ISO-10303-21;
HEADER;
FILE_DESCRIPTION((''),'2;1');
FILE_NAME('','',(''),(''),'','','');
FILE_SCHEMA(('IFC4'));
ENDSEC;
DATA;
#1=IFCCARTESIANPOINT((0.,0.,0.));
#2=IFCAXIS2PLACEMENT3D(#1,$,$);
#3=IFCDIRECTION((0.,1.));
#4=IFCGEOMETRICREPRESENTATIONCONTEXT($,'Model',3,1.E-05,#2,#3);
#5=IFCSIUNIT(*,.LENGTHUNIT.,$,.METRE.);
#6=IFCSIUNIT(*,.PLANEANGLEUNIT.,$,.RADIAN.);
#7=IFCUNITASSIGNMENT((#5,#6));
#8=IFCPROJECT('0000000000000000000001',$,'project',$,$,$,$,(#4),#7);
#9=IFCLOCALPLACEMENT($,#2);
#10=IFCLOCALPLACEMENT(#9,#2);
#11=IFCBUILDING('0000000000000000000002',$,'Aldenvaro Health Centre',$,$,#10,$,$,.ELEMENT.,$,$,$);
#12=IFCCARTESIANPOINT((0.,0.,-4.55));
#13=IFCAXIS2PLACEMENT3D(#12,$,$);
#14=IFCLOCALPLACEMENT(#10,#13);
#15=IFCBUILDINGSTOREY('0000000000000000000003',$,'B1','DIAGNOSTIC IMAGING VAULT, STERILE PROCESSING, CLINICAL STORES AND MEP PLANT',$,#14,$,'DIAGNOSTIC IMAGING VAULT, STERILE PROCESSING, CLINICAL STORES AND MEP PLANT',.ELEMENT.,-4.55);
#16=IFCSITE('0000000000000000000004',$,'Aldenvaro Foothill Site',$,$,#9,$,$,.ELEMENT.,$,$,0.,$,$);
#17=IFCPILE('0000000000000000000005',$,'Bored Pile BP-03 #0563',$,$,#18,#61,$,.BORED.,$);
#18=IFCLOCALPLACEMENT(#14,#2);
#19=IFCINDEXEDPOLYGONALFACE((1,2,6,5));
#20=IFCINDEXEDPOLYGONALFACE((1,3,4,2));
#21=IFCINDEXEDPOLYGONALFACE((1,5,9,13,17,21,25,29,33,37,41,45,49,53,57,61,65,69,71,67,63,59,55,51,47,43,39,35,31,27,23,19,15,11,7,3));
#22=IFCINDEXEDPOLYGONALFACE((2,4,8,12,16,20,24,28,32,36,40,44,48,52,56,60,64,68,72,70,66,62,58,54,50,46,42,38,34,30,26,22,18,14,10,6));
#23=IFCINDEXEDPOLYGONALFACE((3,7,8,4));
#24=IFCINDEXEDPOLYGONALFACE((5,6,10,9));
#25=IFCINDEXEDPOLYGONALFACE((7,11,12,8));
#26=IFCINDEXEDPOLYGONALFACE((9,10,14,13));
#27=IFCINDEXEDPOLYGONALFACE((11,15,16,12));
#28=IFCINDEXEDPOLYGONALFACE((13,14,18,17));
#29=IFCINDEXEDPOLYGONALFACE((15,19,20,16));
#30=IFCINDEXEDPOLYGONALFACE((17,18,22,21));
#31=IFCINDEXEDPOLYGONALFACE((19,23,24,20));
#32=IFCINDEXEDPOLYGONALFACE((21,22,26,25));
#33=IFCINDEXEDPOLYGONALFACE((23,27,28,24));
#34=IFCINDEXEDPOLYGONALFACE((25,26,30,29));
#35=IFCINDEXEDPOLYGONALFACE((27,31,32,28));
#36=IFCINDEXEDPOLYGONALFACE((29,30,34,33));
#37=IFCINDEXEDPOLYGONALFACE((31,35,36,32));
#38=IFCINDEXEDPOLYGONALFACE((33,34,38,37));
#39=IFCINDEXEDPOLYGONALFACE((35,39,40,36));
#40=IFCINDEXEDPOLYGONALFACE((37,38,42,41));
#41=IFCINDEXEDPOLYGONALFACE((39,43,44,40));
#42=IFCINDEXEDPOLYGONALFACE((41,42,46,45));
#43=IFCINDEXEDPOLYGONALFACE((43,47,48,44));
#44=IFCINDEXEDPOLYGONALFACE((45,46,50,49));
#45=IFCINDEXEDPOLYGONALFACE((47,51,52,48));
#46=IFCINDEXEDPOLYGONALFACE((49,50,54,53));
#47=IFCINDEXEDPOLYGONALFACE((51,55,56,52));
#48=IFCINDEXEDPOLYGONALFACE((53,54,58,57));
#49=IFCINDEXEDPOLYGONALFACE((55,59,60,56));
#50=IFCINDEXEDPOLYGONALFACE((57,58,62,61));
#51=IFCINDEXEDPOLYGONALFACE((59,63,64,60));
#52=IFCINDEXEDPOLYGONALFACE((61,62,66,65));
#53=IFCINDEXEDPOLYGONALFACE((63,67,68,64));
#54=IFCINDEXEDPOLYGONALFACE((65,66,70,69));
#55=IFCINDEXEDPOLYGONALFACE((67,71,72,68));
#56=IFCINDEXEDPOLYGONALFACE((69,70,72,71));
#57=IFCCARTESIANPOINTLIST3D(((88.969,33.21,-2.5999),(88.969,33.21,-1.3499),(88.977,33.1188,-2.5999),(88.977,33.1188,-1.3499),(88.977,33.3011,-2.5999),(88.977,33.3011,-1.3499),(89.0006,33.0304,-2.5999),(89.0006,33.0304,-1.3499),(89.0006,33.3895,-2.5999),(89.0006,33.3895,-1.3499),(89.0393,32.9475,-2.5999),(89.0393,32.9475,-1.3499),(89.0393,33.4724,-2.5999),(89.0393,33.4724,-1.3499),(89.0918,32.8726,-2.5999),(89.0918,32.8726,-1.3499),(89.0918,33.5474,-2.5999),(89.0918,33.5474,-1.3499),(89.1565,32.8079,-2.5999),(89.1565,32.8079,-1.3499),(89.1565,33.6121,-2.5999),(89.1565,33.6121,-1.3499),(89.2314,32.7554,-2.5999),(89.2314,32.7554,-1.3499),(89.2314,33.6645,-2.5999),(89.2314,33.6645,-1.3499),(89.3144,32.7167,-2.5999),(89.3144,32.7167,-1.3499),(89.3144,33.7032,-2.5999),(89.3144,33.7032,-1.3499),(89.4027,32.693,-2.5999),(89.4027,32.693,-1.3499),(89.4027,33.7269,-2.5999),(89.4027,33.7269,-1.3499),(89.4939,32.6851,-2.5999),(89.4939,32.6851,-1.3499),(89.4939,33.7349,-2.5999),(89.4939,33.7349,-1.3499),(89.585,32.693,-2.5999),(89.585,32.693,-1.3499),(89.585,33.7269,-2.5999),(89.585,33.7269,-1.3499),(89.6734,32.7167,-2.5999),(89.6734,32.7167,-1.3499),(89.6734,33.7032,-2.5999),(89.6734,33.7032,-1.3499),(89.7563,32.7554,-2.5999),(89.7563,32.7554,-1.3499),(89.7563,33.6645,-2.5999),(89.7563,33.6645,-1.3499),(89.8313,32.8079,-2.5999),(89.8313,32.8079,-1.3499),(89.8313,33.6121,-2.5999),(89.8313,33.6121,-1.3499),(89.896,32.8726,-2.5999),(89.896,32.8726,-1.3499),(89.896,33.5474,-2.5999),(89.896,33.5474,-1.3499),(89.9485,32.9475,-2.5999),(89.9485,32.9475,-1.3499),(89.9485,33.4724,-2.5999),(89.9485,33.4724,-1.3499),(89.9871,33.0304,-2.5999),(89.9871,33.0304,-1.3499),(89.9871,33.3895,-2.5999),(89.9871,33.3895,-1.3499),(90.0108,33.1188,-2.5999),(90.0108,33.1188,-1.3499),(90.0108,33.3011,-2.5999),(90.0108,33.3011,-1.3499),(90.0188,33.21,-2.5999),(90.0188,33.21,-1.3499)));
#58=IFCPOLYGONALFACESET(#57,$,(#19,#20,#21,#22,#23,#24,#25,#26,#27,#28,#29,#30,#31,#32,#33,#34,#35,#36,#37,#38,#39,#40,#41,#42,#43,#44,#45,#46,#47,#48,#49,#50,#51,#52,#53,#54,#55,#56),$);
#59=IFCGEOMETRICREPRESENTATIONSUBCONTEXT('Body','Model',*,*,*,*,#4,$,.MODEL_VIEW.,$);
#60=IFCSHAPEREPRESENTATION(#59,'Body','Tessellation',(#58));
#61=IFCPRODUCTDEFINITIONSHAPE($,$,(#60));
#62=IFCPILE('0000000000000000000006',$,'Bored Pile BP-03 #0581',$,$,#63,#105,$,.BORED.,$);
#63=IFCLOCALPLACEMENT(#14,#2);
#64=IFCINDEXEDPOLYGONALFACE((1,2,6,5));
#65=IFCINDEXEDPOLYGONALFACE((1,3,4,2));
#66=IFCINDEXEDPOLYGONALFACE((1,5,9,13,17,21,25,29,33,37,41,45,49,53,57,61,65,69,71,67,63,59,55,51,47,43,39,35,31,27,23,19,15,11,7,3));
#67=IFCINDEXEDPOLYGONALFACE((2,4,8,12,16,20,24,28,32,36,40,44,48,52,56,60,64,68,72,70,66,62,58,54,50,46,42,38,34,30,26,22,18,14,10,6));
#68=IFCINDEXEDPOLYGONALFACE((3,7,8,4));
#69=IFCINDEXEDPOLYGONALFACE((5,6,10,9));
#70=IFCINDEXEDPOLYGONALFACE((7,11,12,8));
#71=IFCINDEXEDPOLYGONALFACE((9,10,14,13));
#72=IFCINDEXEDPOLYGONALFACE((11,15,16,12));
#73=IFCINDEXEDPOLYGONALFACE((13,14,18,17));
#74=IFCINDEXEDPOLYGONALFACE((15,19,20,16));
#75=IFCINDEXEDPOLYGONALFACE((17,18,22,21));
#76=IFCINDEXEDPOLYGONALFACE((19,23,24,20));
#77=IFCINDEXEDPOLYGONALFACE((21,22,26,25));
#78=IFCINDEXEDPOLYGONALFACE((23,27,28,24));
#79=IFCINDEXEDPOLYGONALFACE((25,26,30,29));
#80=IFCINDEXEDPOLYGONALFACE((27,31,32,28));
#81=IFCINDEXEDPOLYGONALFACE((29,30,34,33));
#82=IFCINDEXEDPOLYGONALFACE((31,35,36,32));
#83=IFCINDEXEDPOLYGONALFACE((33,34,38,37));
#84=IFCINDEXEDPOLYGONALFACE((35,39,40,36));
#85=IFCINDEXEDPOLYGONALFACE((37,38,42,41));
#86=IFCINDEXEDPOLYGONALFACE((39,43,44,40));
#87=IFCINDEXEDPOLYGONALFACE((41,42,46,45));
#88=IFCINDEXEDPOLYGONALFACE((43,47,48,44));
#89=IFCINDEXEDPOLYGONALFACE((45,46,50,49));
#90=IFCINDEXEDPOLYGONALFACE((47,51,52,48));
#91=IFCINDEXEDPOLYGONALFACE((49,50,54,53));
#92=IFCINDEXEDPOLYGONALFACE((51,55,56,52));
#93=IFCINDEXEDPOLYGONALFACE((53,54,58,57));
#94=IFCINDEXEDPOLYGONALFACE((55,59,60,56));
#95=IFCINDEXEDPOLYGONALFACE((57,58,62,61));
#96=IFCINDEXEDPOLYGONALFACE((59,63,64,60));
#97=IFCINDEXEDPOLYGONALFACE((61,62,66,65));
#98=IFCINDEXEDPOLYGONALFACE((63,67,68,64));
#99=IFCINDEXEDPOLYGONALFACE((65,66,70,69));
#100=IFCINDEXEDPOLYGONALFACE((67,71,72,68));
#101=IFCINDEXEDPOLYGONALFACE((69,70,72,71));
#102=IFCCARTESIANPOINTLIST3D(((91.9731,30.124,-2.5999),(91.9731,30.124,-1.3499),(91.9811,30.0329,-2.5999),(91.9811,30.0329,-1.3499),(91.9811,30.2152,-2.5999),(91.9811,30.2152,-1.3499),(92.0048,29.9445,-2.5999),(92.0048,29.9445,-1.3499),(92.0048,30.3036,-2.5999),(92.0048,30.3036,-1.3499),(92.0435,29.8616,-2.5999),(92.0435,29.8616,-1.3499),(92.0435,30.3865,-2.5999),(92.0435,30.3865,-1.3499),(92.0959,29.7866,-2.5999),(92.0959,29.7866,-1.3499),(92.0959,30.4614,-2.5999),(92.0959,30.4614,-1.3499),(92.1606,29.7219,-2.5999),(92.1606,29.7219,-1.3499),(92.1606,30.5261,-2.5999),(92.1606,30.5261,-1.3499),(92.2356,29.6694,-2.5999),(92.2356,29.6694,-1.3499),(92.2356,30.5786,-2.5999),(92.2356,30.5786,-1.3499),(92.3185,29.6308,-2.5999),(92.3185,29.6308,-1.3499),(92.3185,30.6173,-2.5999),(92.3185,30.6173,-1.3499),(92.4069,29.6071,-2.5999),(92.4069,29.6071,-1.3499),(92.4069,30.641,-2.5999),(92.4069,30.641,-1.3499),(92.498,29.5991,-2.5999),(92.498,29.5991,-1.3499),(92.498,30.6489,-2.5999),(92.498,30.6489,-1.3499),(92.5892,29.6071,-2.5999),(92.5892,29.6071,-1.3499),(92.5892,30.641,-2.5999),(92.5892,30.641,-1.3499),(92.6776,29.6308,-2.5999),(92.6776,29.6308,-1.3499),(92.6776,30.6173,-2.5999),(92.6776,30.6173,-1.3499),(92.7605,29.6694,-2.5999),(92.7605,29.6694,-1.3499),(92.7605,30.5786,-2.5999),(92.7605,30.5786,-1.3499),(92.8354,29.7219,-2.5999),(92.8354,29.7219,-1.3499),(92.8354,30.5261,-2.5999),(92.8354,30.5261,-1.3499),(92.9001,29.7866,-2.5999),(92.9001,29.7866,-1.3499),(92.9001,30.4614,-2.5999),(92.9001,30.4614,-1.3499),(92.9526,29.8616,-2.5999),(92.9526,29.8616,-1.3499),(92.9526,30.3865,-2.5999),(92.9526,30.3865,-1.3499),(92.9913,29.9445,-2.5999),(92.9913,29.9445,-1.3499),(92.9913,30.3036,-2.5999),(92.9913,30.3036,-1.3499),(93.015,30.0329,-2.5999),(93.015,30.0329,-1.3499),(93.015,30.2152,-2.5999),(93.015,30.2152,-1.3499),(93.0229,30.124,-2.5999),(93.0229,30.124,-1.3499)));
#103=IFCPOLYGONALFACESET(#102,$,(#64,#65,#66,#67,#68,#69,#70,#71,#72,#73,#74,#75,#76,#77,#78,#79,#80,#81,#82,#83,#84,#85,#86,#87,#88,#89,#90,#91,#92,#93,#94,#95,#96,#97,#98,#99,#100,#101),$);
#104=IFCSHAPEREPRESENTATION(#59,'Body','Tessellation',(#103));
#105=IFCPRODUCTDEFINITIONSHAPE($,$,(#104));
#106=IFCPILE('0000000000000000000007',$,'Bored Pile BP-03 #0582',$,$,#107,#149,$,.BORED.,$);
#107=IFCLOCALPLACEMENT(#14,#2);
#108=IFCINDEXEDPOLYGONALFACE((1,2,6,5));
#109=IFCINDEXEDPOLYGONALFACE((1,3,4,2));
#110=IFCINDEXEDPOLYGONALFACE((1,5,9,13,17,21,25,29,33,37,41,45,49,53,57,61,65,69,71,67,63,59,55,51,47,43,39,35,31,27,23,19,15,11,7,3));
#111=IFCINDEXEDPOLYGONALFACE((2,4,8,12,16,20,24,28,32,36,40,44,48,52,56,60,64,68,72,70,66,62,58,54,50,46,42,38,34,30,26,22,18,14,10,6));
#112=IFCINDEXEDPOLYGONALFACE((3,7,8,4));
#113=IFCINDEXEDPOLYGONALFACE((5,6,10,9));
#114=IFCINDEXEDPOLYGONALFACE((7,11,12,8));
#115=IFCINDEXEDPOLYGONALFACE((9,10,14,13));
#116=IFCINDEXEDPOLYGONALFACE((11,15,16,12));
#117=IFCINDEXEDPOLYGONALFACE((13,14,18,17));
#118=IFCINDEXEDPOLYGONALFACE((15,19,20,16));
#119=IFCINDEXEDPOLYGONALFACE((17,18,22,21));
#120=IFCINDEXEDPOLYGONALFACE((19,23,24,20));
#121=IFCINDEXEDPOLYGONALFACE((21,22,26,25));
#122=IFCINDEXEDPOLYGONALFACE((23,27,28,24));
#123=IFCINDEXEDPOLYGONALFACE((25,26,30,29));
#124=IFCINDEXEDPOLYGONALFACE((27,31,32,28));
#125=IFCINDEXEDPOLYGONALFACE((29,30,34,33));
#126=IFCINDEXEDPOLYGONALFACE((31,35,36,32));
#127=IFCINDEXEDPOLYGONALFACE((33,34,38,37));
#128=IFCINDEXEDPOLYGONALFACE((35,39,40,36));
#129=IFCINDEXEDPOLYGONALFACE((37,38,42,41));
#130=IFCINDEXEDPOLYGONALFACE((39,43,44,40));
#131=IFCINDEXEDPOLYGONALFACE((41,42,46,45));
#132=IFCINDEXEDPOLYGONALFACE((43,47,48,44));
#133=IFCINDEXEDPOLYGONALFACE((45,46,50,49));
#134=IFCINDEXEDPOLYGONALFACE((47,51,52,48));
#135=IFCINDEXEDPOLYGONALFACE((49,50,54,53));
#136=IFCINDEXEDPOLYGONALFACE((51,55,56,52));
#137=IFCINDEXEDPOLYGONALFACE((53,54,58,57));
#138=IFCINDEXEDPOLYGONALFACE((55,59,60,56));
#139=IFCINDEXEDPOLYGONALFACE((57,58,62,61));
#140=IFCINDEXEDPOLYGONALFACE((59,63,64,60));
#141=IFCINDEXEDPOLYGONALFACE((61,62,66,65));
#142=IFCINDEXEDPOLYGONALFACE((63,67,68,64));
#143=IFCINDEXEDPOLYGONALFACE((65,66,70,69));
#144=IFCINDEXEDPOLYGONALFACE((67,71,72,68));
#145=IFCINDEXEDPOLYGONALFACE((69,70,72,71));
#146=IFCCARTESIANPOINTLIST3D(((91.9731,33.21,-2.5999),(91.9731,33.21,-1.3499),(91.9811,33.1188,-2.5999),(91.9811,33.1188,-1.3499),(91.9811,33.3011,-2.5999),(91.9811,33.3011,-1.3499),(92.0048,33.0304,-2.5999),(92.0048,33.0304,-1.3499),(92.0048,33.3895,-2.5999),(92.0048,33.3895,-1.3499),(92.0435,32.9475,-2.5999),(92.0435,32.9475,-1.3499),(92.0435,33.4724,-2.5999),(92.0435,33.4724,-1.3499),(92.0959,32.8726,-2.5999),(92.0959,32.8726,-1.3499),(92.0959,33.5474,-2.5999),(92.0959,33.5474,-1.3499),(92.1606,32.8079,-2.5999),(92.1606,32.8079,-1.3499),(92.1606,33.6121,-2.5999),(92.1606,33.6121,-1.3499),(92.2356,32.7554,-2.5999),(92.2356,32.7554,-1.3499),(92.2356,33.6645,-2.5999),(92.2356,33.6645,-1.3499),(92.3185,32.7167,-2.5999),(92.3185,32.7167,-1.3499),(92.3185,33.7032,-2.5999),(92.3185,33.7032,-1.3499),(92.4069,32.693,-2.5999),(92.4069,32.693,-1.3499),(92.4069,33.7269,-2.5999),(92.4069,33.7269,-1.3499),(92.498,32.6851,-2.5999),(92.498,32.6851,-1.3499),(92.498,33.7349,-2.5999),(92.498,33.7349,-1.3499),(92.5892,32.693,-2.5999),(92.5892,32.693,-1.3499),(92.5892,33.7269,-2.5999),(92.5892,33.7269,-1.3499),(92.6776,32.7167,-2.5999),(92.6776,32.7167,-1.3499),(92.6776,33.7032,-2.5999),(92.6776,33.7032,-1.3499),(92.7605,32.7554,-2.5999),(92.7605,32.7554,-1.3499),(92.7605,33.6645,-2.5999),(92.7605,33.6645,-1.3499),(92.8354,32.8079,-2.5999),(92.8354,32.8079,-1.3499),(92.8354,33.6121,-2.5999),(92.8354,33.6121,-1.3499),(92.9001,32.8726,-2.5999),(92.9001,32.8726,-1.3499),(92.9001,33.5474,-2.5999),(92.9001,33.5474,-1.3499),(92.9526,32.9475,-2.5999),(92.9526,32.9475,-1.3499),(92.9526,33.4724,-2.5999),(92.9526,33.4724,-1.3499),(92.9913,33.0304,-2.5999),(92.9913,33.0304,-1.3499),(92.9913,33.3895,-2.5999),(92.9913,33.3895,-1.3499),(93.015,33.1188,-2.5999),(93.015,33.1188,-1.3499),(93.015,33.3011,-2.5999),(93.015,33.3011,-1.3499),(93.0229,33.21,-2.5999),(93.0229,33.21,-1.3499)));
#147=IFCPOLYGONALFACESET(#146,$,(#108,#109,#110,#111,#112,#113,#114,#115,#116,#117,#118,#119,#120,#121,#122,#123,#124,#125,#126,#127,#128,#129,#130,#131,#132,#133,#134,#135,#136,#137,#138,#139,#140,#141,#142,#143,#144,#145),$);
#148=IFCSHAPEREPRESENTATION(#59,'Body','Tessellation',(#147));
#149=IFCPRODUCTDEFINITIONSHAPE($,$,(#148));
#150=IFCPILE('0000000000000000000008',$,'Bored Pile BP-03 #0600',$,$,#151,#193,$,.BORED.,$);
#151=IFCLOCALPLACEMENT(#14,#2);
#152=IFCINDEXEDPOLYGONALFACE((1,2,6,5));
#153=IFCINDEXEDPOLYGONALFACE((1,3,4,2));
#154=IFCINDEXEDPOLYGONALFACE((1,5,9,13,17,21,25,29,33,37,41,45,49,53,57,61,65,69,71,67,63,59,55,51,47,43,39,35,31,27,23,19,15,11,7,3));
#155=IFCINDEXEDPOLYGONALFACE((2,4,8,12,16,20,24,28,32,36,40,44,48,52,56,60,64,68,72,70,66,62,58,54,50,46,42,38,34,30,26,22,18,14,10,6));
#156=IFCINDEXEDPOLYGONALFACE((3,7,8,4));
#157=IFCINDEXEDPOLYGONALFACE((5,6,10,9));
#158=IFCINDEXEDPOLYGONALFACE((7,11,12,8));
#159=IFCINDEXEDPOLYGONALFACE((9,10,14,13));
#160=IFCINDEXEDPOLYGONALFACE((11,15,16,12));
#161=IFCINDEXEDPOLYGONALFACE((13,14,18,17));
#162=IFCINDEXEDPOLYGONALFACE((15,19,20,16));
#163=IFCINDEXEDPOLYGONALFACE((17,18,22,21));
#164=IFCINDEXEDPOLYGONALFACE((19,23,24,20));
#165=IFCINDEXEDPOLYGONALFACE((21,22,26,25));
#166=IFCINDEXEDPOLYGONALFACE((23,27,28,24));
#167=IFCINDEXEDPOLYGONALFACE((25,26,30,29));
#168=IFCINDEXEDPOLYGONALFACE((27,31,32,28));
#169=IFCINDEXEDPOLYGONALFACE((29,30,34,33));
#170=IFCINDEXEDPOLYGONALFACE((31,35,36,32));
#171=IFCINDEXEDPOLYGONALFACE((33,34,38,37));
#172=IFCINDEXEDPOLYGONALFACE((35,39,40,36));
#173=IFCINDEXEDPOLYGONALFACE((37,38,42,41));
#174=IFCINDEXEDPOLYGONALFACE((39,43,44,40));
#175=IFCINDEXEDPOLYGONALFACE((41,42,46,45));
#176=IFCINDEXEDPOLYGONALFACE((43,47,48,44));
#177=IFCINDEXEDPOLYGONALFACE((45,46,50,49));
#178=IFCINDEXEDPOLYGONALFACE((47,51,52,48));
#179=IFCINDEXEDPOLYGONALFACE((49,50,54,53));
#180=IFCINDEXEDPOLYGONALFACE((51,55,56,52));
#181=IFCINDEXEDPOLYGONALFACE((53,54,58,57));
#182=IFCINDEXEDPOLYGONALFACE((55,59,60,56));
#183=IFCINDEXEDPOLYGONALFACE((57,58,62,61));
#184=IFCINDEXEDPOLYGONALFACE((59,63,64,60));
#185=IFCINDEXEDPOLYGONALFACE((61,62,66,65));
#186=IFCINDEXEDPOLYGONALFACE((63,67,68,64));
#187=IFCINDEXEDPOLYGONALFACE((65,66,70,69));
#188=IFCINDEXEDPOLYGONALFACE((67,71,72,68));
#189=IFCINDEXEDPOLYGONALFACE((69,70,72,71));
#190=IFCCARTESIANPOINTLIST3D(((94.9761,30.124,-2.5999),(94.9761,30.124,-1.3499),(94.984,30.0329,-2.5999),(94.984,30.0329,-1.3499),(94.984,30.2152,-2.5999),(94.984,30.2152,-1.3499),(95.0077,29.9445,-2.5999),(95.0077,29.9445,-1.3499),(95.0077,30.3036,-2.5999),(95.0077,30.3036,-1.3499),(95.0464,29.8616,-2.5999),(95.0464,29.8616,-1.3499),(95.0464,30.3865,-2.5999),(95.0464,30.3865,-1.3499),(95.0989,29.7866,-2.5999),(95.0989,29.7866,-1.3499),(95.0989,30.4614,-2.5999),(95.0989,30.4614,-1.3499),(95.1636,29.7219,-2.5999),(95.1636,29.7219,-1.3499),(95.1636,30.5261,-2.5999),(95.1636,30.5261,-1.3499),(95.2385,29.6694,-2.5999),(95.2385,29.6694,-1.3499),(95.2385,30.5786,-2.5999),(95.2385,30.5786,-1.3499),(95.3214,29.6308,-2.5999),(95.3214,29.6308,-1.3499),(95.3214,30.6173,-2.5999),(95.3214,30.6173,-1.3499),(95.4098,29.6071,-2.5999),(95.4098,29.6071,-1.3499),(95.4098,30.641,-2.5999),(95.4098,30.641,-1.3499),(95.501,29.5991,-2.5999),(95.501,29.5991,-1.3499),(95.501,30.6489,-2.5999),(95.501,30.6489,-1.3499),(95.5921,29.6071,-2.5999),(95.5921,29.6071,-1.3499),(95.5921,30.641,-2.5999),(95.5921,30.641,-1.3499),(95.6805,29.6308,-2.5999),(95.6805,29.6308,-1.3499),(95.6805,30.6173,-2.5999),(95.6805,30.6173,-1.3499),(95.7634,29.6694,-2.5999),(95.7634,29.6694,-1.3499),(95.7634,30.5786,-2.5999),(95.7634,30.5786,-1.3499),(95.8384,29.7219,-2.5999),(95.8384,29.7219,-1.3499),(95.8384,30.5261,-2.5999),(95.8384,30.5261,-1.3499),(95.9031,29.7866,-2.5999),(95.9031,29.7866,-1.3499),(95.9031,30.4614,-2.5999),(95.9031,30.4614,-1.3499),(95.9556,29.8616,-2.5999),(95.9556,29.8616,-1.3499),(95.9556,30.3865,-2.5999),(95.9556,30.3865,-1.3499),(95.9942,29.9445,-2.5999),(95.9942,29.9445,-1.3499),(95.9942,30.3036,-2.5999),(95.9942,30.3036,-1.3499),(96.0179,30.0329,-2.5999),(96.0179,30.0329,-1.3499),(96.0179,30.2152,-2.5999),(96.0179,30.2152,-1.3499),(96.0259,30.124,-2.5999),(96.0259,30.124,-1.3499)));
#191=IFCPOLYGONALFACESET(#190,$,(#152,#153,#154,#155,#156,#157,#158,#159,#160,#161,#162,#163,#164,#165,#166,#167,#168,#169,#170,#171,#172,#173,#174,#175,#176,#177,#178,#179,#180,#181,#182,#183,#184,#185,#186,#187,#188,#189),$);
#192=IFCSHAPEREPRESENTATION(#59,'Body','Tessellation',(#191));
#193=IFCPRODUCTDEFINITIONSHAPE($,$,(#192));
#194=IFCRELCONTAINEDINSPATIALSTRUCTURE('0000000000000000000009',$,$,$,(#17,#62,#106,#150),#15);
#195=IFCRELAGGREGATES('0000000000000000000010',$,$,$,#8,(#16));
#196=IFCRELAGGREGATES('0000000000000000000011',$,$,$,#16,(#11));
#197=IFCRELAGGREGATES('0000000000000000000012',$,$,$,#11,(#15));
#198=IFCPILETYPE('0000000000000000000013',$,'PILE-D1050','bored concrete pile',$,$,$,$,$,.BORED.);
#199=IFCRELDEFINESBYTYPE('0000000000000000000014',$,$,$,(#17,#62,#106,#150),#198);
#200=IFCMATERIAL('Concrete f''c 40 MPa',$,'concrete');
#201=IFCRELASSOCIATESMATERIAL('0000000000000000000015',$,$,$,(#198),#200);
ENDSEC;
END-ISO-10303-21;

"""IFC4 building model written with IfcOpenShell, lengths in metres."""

from ifc_helpers import new_model, si_unit, direction, frame, origin, origin_2d, place, context, subcontext, project, spatial, circle, extrude, material, material_profile, profile_set, type_object, element, save


model = new_model("IFC4")

# Units and contexts
model_context = context("Model", 3, precision=1e-05, world=origin(), true_north=direction((0.0, 1.0)))
body_context = subcontext(model_context, "Body", "Model", "MODEL_VIEW")
ifc_project = project(units=[si_unit("LENGTHUNIT", "METRE"), si_unit("PLANEANGLEUNIT", "RADIAN")], contexts=[model_context])

# Site, building, storey
site_placement = place(None, origin())
site = spatial("IfcSite", under=ifc_project, at=site_placement, Name="Aldenvaro Foothill Site", CompositionType="ELEMENT", RefElevation=0.0)
building_placement = place(site_placement, origin())
building = spatial("IfcBuilding", under=site, at=building_placement, Name="Aldenvaro Health Centre", CompositionType="ELEMENT")
storey_placement = place(building_placement, frame((0.0, 0.0, -4.55)))
storey = spatial("IfcBuildingStorey", under=building, at=storey_placement, Name="B1", Description="DIAGNOSTIC IMAGING VAULT, STERILE PROCESSING, CLINICAL STORES AND MEP PLANT", LongName="DIAGNOSTIC IMAGING VAULT, STERILE PROCESSING, CLINICAL STORES AND MEP PLANT", CompositionType="ELEMENT", Elevation=-4.55)

# Piles
ifc_material_1 = material(Name="Concrete f'c 40 MPa", Category="concrete")
ifc_material_profile_1 = material_profile(ifc_material_1, circle(Radius=0.5249, at=origin_2d()), Name="PILE D1050", Category="concrete")
ifc_profile_set_1 = profile_set([ifc_material_profile_1], Name="Concrete f'c 40 MPa")
pile_type = type_object("IfcPileType", Name="PILE-D1050", Description="bored concrete pile", PredefinedType="BORED", material=ifc_profile_set_1)
for number, where, z_axis, x_axis, name in (
    (1, (89.4939, 33.21, -1.3499), (0.0, 0.0, -1.0), (1.0, 0.0, 0.0), "Bored Pile BP-03 #0563"),
    (2, (92.498, 30.124, -1.3499), (0.0, 0.0, -1.0), (1.0, 0.0, 0.0), "Bored Pile BP-03 #0581"),
    (3, (92.498, 33.21, -1.3499), (0.0, 0.0, -1.0), (1.0, 0.0, 0.0), "Bored Pile BP-03 #0582"),
    (4, (95.501, 30.124, -1.3499), (0.0, 0.0, -1.0), (1.0, 0.0, 0.0), "Bored Pile BP-03 #0600"),
):
    element("IfcPile", number, at=place(storey_placement, frame(where, z_axis=z_axis, x_axis=x_axis)), inside=storey, type_object=pile_type, Name=name, PredefinedType="BORED", context=body_context, shape_type="SweptSolid", body=[
        extrude(circle(Radius=0.5249, at=origin_2d()), origin(), (0.0, 0.0, 1.0), 1.25),
    ])

save(model, "model.ifc")
